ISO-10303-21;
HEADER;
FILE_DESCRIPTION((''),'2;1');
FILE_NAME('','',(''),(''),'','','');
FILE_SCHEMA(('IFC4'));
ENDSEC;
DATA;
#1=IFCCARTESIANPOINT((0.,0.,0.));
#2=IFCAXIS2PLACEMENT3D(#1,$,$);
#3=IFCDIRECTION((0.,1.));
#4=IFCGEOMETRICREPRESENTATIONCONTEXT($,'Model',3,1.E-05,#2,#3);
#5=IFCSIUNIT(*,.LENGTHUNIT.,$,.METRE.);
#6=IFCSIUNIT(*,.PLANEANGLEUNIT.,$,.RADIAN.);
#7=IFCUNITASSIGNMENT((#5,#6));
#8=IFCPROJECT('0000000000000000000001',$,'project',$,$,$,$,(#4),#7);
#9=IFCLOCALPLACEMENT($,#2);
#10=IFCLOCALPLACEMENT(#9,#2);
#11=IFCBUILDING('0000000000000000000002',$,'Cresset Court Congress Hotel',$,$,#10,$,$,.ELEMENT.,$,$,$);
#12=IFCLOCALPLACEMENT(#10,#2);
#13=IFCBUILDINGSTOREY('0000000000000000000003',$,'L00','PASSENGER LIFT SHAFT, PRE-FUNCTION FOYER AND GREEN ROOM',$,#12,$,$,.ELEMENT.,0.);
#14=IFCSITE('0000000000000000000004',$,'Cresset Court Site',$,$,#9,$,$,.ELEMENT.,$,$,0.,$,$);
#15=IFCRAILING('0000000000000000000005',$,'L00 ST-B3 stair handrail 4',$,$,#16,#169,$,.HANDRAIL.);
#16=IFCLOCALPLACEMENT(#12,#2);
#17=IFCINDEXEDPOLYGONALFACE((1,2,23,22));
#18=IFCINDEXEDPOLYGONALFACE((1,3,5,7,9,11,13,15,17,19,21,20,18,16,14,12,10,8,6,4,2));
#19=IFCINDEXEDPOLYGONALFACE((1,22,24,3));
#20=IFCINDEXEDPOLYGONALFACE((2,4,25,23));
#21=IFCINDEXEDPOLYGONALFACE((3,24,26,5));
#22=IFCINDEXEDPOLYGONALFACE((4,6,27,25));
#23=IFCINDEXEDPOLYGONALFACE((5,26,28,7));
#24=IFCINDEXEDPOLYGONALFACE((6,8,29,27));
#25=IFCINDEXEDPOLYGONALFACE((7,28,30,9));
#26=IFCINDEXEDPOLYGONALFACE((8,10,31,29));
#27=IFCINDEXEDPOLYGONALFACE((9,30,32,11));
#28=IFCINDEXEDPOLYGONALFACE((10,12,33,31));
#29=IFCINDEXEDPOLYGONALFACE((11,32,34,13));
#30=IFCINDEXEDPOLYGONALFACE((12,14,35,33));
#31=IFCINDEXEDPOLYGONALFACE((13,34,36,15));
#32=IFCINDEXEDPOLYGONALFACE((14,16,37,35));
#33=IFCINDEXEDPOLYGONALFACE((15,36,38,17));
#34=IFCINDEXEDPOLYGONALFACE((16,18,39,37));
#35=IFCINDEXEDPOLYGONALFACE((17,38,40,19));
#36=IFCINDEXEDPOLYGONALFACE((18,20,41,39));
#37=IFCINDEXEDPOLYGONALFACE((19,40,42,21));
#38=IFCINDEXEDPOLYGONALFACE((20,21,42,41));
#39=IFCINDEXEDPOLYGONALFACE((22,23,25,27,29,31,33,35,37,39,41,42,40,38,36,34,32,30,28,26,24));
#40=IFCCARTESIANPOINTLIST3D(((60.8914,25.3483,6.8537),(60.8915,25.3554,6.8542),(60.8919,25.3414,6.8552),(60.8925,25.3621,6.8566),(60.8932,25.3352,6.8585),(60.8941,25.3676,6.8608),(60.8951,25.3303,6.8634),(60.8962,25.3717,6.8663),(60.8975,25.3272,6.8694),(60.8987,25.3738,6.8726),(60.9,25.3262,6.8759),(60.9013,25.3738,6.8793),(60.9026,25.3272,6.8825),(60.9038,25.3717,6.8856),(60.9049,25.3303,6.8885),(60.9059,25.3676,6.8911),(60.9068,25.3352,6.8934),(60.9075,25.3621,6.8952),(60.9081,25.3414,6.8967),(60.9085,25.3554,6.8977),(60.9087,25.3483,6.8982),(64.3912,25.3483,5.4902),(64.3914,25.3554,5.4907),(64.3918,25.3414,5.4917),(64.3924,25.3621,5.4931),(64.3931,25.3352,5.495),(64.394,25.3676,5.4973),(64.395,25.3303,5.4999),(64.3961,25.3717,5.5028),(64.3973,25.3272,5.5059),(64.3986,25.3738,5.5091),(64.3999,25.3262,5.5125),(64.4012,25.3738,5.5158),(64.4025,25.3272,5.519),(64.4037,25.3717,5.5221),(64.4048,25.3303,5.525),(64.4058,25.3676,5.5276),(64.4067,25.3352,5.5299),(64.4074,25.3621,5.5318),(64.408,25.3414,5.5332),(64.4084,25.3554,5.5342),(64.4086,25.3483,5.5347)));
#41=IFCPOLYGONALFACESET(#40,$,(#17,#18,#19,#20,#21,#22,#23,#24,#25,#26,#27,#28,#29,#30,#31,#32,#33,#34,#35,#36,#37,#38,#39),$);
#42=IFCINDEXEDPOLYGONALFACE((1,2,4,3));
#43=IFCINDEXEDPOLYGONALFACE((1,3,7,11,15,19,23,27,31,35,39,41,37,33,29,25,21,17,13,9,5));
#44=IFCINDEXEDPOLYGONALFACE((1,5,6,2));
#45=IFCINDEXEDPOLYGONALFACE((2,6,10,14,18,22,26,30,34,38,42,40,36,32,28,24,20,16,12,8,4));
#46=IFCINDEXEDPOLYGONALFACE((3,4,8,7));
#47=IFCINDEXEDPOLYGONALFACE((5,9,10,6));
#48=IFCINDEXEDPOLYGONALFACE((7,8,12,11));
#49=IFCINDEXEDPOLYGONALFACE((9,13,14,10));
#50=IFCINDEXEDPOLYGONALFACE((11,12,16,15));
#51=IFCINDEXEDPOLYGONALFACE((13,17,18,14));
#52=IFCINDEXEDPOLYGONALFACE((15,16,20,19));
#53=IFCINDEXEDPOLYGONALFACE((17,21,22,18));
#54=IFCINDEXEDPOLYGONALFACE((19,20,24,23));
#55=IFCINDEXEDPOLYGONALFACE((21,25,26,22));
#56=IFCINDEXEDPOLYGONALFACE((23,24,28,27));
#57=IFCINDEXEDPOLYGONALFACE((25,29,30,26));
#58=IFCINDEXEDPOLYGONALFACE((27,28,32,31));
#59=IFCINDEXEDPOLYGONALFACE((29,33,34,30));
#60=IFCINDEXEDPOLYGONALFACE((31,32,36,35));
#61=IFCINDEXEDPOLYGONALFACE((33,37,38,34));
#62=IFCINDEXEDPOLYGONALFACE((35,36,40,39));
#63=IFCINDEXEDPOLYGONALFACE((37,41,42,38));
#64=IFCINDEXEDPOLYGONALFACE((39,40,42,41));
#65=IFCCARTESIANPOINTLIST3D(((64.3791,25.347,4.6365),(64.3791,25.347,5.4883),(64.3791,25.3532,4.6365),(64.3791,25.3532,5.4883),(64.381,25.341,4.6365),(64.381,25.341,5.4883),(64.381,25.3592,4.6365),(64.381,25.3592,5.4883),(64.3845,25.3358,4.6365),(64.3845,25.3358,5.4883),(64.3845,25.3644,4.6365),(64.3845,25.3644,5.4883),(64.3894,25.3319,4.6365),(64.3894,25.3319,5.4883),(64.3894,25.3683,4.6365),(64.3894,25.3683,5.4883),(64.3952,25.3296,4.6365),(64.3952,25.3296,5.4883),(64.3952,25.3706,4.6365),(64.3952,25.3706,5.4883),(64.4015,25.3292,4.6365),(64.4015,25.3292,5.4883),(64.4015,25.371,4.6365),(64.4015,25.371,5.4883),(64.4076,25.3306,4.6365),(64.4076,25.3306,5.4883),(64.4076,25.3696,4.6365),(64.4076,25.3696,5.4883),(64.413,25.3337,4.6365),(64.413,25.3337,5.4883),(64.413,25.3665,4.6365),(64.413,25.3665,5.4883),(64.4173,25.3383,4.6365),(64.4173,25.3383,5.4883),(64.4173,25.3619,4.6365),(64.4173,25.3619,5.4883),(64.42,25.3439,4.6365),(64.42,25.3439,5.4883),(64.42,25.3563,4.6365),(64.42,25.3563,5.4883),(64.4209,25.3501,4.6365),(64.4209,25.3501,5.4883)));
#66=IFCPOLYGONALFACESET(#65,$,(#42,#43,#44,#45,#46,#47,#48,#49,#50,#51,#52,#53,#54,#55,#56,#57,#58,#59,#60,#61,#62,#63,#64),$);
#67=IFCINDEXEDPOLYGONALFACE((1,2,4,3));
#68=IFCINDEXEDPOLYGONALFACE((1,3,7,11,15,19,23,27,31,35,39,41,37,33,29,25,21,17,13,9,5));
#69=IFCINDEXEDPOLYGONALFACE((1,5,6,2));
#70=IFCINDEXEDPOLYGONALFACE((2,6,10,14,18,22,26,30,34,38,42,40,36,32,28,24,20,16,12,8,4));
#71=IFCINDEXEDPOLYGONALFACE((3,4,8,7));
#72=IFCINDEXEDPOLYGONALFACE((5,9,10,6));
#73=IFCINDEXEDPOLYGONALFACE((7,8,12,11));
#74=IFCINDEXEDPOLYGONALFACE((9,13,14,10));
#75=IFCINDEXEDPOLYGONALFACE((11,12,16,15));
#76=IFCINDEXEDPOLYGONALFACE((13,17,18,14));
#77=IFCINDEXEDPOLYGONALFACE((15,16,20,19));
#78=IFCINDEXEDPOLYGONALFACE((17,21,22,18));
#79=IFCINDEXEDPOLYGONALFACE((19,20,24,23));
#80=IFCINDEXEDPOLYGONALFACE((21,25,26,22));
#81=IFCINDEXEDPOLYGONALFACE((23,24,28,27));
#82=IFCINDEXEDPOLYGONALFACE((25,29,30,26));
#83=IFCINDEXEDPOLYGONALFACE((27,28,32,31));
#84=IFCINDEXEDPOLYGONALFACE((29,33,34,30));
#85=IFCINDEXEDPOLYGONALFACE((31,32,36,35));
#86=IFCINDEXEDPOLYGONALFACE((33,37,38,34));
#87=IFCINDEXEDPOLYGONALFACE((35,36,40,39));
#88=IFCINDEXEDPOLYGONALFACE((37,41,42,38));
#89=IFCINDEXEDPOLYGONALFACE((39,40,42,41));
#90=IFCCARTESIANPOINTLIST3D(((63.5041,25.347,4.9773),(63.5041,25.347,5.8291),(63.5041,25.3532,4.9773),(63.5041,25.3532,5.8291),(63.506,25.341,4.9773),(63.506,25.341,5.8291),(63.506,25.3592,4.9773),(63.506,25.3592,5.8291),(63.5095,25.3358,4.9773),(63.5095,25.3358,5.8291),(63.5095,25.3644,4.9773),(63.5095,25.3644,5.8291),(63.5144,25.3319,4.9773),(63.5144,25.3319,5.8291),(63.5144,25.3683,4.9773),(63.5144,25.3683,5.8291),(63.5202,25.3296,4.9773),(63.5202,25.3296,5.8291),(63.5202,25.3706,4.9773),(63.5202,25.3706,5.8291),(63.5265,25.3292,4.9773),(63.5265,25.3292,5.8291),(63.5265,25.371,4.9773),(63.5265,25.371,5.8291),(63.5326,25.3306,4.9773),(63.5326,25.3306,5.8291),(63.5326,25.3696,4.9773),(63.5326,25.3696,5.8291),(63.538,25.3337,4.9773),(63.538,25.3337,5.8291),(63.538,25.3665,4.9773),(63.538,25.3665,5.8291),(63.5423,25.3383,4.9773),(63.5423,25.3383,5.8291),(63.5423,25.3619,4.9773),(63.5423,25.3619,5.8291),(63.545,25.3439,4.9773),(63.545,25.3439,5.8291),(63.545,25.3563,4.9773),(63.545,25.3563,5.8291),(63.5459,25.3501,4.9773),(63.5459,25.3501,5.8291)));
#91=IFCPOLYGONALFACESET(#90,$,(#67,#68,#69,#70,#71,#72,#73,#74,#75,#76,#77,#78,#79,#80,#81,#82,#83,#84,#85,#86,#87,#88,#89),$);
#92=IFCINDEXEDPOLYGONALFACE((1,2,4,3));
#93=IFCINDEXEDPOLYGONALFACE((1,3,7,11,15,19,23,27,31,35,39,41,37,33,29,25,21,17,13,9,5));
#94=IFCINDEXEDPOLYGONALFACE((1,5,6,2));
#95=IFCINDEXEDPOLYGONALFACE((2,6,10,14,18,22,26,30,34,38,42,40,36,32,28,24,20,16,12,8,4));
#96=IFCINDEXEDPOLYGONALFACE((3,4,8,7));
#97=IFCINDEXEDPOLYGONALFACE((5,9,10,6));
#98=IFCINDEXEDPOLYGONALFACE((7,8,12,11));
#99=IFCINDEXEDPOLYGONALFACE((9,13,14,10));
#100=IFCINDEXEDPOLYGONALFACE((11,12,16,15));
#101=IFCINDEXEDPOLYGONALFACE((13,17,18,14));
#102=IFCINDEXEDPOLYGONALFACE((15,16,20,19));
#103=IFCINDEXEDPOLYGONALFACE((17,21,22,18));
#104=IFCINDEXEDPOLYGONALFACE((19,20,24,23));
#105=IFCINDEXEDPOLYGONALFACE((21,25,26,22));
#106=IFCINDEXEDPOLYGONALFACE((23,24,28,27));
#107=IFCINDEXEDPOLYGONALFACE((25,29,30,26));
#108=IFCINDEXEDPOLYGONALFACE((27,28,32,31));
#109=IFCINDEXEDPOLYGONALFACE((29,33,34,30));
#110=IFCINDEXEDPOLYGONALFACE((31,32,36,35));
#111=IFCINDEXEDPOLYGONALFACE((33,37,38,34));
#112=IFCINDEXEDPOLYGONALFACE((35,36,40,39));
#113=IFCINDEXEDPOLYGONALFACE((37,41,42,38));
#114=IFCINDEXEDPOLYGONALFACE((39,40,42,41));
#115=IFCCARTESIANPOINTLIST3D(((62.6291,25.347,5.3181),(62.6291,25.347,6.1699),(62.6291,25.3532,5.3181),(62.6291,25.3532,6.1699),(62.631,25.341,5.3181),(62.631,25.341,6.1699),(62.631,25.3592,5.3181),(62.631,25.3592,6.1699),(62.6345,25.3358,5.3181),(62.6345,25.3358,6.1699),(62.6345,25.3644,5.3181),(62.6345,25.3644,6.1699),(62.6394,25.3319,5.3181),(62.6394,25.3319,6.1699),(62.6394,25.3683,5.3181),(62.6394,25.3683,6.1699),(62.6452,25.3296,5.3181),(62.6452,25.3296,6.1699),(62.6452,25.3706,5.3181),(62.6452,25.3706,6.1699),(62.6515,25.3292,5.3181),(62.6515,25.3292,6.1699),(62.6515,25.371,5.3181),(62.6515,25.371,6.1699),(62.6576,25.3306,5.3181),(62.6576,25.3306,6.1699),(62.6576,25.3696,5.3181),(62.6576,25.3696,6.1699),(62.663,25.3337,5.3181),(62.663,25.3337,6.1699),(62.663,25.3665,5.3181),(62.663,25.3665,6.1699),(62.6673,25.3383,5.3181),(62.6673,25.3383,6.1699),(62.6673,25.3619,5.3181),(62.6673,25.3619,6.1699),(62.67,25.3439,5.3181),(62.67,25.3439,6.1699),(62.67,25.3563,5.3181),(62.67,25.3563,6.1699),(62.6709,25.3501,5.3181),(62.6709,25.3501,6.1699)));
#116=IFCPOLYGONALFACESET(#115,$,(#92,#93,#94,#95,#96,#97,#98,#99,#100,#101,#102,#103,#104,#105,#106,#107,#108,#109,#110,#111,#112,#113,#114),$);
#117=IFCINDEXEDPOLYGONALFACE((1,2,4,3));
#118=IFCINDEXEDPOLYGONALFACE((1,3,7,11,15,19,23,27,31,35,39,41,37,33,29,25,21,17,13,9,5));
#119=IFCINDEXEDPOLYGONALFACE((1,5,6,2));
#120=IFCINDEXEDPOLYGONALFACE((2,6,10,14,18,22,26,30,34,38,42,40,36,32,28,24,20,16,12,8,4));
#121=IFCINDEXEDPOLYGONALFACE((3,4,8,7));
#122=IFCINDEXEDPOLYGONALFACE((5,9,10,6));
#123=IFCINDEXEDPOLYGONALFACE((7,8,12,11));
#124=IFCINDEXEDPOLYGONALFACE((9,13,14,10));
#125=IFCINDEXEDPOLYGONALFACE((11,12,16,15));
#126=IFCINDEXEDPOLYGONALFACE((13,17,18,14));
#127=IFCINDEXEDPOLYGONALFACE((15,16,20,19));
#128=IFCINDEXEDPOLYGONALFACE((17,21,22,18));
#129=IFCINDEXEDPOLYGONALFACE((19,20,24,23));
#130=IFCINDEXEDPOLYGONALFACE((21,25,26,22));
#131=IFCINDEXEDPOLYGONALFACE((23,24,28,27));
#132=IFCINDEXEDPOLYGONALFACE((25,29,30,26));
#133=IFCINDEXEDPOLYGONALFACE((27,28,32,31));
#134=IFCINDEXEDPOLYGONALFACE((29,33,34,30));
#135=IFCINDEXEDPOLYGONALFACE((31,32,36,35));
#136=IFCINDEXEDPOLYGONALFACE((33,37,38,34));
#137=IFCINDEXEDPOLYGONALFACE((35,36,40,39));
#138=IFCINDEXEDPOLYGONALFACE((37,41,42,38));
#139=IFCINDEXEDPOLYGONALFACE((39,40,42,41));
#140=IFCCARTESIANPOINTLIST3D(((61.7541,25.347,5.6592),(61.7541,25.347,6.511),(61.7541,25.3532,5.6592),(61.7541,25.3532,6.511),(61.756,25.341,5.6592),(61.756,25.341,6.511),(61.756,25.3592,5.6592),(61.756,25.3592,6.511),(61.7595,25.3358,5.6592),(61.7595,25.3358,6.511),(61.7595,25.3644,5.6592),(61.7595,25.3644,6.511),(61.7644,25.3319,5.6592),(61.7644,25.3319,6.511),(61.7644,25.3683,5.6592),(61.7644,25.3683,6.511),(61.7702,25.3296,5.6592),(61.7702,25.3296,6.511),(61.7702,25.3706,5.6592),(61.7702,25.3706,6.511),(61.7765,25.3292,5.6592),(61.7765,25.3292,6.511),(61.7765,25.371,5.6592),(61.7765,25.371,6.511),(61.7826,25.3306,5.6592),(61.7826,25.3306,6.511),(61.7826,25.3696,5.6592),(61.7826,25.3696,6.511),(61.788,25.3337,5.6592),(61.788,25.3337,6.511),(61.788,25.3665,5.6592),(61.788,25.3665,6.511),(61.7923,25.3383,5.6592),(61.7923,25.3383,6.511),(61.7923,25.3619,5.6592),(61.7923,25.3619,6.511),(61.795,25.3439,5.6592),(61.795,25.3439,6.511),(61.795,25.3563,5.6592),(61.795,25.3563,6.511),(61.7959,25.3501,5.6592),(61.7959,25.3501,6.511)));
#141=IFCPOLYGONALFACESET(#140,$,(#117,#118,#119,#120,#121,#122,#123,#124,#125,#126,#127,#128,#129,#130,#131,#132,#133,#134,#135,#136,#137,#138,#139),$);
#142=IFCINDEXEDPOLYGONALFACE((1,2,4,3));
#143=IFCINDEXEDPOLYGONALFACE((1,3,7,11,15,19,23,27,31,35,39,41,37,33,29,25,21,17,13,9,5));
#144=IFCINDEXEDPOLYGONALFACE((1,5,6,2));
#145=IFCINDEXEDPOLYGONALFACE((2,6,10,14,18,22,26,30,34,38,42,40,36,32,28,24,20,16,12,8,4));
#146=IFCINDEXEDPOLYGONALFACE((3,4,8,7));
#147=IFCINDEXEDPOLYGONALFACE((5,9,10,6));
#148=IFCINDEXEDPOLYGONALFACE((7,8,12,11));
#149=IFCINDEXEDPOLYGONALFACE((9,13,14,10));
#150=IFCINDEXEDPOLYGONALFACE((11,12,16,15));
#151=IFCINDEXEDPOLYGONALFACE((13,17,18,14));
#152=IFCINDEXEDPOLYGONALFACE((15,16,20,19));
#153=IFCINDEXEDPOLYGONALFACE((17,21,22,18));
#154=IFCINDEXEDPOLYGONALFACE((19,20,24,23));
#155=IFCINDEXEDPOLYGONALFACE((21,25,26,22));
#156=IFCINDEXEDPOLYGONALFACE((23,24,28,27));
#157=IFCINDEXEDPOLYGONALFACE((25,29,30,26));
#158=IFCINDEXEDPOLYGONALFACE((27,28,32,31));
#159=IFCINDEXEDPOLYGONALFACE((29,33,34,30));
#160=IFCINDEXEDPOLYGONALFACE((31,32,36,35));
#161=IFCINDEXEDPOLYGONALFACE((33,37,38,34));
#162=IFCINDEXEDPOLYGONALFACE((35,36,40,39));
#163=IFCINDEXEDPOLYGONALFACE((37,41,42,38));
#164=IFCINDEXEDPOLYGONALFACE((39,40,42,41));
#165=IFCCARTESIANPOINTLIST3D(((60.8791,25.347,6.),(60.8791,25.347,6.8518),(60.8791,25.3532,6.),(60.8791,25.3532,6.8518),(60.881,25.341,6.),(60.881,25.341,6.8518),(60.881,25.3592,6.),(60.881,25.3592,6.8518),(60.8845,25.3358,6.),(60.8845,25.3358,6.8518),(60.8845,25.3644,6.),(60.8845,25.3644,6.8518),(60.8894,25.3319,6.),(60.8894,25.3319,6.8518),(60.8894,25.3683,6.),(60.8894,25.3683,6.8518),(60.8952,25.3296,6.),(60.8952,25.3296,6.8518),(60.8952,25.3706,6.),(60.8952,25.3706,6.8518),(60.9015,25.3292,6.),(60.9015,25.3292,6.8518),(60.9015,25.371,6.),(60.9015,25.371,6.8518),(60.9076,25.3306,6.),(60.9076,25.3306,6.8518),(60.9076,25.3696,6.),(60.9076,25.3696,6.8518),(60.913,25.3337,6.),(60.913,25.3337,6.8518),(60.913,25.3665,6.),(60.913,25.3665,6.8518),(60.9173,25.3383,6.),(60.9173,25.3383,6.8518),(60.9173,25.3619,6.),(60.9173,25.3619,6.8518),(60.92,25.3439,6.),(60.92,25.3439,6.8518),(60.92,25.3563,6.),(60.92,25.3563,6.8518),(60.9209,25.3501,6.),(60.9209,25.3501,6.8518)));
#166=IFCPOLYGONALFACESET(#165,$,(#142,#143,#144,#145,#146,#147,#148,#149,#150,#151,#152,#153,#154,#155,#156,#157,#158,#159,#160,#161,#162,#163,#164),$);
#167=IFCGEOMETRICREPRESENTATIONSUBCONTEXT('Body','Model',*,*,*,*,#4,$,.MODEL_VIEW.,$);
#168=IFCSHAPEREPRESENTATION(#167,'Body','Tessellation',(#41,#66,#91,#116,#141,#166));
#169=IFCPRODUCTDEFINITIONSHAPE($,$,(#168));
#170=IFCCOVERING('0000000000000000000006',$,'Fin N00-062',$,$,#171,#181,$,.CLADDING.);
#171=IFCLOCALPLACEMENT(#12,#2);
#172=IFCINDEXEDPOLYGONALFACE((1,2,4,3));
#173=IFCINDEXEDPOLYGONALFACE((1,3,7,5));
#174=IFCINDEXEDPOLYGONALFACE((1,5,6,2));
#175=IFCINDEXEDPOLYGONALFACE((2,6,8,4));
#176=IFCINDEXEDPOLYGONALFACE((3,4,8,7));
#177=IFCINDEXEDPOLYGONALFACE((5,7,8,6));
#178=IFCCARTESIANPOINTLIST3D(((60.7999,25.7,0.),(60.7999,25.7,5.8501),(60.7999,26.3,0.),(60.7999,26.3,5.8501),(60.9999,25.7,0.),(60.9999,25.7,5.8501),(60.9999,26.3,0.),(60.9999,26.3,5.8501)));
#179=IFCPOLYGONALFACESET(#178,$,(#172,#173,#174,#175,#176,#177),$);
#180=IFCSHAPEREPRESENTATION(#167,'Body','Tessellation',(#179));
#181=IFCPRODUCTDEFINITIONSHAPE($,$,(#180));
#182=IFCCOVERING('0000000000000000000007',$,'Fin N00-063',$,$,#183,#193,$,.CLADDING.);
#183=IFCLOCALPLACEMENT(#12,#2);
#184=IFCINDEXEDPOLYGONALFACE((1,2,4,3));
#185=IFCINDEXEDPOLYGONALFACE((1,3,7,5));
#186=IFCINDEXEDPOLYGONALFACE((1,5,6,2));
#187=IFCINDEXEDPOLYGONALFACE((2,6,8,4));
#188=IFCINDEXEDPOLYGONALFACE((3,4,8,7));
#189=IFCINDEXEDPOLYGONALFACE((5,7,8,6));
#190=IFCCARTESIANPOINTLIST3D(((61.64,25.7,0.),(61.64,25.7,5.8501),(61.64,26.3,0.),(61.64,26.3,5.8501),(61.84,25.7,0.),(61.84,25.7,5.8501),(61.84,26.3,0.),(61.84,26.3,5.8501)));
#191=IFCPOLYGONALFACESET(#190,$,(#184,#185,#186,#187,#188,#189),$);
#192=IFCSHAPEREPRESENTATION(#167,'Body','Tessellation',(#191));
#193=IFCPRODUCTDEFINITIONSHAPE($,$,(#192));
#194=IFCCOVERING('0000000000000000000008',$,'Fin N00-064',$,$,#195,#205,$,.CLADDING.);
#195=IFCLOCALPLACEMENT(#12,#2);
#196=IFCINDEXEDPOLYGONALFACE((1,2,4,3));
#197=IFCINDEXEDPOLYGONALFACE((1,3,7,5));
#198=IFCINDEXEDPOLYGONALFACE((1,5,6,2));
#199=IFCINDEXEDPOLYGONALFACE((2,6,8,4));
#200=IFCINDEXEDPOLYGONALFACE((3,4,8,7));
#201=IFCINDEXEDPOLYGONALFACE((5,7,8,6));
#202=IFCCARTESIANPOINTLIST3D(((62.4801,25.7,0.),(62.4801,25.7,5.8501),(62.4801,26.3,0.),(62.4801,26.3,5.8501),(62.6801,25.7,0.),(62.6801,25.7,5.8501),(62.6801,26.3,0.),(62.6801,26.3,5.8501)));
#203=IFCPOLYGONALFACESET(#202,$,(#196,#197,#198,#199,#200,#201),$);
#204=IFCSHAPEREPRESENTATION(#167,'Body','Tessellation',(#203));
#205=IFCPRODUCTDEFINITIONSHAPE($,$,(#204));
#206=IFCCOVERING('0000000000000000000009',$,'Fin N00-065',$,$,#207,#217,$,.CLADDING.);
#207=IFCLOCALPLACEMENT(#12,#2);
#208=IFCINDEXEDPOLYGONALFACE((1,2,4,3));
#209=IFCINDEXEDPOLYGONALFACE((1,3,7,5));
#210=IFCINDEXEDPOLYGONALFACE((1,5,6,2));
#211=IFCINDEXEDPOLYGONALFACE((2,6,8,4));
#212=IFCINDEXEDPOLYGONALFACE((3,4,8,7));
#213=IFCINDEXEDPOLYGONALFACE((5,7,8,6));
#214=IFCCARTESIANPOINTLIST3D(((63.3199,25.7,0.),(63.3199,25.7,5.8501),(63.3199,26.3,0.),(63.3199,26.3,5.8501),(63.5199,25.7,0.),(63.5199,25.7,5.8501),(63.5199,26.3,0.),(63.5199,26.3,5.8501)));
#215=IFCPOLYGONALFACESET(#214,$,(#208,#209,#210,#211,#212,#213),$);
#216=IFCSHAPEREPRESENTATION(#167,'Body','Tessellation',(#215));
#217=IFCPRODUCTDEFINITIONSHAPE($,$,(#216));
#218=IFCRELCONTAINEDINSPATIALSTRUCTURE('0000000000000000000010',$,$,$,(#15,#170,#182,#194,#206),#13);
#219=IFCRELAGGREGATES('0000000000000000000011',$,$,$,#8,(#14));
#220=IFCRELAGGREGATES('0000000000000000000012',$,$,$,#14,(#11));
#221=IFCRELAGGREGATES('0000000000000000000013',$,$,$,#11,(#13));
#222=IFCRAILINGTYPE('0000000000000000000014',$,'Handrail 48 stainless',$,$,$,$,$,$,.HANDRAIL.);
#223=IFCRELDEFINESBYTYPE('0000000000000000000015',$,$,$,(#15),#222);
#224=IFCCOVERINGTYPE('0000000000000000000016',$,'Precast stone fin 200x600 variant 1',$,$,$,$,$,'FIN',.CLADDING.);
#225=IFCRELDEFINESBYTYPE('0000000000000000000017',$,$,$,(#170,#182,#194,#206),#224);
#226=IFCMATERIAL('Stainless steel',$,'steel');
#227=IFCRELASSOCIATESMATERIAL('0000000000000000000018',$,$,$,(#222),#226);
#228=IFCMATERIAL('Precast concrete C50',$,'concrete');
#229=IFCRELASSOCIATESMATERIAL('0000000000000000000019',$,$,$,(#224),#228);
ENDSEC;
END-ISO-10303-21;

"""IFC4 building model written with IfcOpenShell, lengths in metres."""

from ifc_helpers import new_model, si_unit, direction, frame, origin, origin_2d, place, context, subcontext, project, spatial, rectangle, circle, extrude, material, type_object, element, save


model = new_model("IFC4")

# Units and contexts
model_context = context("Model", 3, precision=1e-05, world=origin(), true_north=direction((0.0, 1.0)))
body_context = subcontext(model_context, "Body", "Model", "MODEL_VIEW")
ifc_project = project(units=[si_unit("LENGTHUNIT", "METRE"), si_unit("PLANEANGLEUNIT", "RADIAN")], contexts=[model_context])

# Site, building, storey
site_placement = place(None, origin())
site = spatial("IfcSite", under=ifc_project, at=site_placement, Name="Cresset Court Site", CompositionType="ELEMENT", RefElevation=0.0)
building_placement = place(site_placement, origin())
building = spatial("IfcBuilding", under=site, at=building_placement, Name="Cresset Court Congress Hotel", CompositionType="ELEMENT")
storey_placement = place(building_placement, origin())
storey = spatial("IfcBuildingStorey", under=building, at=storey_placement, Name="L00", Description="PASSENGER LIFT SHAFT, PRE-FUNCTION FOYER AND GREEN ROOM", CompositionType="ELEMENT", Elevation=0.0)

# Railing
ifc_material_1 = material(Name="Stainless steel", Category="steel")
railing_type = type_object("IfcRailingType", Name="Handrail 48 stainless", PredefinedType="HANDRAIL", material=ifc_material_1)
for number, where, name in (
    (1, (64.3999, 25.3501, 4.6365), "L00 ST-B3 stair handrail 4"),
):
    element("IfcRailing", number, at=place(storey_placement, frame(where)), inside=storey, type_object=railing_type, Name=name, PredefinedType="HANDRAIL", context=body_context, shape_type="SweptSolid", body=[
        extrude(circle(Radius=0.0239, at=origin_2d()), frame((0.0, 0.0, 0.876), z_axis=(-0.931787, 0.0, 0.363005), x_axis=(0.0, -1.0, 0.0)), (0.0, 0.0, 1.0), 3.7561),
        extrude(circle(Radius=0.021, at=origin_2d()), origin(), (0.0, 0.0, 1.0), 0.8518),
        extrude(circle(Radius=0.021, at=origin_2d()), frame((-0.875, 0.0, 0.3408)), (0.0, 0.0, 1.0), 0.8518),
        extrude(circle(Radius=0.021, at=origin_2d()), frame((-1.75, 0.0, 0.6816)), (0.0, 0.0, 1.0), 0.8518),
        extrude(circle(Radius=0.021, at=origin_2d()), frame((-2.625, 0.0, 1.0227)), (0.0, 0.0, 1.0), 0.8518),
        extrude(circle(Radius=0.021, at=origin_2d()), frame((-3.5, 0.0, 1.3635)), (0.0, 0.0, 1.0), 0.8518),
    ])

# Coverings
ifc_material_2 = material(Name="Precast concrete C50", Category="concrete")
covering_type = type_object("IfcCoveringType", Name="Precast stone fin 200x600 variant 1", ElementType="FIN", PredefinedType="CLADDING", material=ifc_material_2)
for number, where, z_axis, x_axis, name in (
    (2, (60.8999, 26.0, 0.0), (0.0, 0.0, 1.0), (1.0, 0.0, 0.0), "Fin N00-062"),
    (3, (61.74, 26.0, 0.0), (0.0, 0.0, 1.0), (1.0, 0.0, 0.0), "Fin N00-063"),
    (4, (62.5801, 26.0, 0.0), (0.0, 0.0, 1.0), (1.0, 0.0, 0.0), "Fin N00-064"),
    (5, (63.4199, 26.0, 0.0), (0.0, 0.0, 1.0), (1.0, 0.0, 0.0), "Fin N00-065"),
):
    element("IfcCovering", number, at=place(storey_placement, frame(where, z_axis=z_axis, x_axis=x_axis)), inside=storey, type_object=covering_type, Name=name, PredefinedType="CLADDING", context=body_context, shape_type="SweptSolid", body=[
        extrude(rectangle(XDim=0.2, YDim=0.6001, at=origin_2d()), origin(), (0.0, 0.0, 1.0), 5.8501),
    ])

save(model, "model.ifc")
